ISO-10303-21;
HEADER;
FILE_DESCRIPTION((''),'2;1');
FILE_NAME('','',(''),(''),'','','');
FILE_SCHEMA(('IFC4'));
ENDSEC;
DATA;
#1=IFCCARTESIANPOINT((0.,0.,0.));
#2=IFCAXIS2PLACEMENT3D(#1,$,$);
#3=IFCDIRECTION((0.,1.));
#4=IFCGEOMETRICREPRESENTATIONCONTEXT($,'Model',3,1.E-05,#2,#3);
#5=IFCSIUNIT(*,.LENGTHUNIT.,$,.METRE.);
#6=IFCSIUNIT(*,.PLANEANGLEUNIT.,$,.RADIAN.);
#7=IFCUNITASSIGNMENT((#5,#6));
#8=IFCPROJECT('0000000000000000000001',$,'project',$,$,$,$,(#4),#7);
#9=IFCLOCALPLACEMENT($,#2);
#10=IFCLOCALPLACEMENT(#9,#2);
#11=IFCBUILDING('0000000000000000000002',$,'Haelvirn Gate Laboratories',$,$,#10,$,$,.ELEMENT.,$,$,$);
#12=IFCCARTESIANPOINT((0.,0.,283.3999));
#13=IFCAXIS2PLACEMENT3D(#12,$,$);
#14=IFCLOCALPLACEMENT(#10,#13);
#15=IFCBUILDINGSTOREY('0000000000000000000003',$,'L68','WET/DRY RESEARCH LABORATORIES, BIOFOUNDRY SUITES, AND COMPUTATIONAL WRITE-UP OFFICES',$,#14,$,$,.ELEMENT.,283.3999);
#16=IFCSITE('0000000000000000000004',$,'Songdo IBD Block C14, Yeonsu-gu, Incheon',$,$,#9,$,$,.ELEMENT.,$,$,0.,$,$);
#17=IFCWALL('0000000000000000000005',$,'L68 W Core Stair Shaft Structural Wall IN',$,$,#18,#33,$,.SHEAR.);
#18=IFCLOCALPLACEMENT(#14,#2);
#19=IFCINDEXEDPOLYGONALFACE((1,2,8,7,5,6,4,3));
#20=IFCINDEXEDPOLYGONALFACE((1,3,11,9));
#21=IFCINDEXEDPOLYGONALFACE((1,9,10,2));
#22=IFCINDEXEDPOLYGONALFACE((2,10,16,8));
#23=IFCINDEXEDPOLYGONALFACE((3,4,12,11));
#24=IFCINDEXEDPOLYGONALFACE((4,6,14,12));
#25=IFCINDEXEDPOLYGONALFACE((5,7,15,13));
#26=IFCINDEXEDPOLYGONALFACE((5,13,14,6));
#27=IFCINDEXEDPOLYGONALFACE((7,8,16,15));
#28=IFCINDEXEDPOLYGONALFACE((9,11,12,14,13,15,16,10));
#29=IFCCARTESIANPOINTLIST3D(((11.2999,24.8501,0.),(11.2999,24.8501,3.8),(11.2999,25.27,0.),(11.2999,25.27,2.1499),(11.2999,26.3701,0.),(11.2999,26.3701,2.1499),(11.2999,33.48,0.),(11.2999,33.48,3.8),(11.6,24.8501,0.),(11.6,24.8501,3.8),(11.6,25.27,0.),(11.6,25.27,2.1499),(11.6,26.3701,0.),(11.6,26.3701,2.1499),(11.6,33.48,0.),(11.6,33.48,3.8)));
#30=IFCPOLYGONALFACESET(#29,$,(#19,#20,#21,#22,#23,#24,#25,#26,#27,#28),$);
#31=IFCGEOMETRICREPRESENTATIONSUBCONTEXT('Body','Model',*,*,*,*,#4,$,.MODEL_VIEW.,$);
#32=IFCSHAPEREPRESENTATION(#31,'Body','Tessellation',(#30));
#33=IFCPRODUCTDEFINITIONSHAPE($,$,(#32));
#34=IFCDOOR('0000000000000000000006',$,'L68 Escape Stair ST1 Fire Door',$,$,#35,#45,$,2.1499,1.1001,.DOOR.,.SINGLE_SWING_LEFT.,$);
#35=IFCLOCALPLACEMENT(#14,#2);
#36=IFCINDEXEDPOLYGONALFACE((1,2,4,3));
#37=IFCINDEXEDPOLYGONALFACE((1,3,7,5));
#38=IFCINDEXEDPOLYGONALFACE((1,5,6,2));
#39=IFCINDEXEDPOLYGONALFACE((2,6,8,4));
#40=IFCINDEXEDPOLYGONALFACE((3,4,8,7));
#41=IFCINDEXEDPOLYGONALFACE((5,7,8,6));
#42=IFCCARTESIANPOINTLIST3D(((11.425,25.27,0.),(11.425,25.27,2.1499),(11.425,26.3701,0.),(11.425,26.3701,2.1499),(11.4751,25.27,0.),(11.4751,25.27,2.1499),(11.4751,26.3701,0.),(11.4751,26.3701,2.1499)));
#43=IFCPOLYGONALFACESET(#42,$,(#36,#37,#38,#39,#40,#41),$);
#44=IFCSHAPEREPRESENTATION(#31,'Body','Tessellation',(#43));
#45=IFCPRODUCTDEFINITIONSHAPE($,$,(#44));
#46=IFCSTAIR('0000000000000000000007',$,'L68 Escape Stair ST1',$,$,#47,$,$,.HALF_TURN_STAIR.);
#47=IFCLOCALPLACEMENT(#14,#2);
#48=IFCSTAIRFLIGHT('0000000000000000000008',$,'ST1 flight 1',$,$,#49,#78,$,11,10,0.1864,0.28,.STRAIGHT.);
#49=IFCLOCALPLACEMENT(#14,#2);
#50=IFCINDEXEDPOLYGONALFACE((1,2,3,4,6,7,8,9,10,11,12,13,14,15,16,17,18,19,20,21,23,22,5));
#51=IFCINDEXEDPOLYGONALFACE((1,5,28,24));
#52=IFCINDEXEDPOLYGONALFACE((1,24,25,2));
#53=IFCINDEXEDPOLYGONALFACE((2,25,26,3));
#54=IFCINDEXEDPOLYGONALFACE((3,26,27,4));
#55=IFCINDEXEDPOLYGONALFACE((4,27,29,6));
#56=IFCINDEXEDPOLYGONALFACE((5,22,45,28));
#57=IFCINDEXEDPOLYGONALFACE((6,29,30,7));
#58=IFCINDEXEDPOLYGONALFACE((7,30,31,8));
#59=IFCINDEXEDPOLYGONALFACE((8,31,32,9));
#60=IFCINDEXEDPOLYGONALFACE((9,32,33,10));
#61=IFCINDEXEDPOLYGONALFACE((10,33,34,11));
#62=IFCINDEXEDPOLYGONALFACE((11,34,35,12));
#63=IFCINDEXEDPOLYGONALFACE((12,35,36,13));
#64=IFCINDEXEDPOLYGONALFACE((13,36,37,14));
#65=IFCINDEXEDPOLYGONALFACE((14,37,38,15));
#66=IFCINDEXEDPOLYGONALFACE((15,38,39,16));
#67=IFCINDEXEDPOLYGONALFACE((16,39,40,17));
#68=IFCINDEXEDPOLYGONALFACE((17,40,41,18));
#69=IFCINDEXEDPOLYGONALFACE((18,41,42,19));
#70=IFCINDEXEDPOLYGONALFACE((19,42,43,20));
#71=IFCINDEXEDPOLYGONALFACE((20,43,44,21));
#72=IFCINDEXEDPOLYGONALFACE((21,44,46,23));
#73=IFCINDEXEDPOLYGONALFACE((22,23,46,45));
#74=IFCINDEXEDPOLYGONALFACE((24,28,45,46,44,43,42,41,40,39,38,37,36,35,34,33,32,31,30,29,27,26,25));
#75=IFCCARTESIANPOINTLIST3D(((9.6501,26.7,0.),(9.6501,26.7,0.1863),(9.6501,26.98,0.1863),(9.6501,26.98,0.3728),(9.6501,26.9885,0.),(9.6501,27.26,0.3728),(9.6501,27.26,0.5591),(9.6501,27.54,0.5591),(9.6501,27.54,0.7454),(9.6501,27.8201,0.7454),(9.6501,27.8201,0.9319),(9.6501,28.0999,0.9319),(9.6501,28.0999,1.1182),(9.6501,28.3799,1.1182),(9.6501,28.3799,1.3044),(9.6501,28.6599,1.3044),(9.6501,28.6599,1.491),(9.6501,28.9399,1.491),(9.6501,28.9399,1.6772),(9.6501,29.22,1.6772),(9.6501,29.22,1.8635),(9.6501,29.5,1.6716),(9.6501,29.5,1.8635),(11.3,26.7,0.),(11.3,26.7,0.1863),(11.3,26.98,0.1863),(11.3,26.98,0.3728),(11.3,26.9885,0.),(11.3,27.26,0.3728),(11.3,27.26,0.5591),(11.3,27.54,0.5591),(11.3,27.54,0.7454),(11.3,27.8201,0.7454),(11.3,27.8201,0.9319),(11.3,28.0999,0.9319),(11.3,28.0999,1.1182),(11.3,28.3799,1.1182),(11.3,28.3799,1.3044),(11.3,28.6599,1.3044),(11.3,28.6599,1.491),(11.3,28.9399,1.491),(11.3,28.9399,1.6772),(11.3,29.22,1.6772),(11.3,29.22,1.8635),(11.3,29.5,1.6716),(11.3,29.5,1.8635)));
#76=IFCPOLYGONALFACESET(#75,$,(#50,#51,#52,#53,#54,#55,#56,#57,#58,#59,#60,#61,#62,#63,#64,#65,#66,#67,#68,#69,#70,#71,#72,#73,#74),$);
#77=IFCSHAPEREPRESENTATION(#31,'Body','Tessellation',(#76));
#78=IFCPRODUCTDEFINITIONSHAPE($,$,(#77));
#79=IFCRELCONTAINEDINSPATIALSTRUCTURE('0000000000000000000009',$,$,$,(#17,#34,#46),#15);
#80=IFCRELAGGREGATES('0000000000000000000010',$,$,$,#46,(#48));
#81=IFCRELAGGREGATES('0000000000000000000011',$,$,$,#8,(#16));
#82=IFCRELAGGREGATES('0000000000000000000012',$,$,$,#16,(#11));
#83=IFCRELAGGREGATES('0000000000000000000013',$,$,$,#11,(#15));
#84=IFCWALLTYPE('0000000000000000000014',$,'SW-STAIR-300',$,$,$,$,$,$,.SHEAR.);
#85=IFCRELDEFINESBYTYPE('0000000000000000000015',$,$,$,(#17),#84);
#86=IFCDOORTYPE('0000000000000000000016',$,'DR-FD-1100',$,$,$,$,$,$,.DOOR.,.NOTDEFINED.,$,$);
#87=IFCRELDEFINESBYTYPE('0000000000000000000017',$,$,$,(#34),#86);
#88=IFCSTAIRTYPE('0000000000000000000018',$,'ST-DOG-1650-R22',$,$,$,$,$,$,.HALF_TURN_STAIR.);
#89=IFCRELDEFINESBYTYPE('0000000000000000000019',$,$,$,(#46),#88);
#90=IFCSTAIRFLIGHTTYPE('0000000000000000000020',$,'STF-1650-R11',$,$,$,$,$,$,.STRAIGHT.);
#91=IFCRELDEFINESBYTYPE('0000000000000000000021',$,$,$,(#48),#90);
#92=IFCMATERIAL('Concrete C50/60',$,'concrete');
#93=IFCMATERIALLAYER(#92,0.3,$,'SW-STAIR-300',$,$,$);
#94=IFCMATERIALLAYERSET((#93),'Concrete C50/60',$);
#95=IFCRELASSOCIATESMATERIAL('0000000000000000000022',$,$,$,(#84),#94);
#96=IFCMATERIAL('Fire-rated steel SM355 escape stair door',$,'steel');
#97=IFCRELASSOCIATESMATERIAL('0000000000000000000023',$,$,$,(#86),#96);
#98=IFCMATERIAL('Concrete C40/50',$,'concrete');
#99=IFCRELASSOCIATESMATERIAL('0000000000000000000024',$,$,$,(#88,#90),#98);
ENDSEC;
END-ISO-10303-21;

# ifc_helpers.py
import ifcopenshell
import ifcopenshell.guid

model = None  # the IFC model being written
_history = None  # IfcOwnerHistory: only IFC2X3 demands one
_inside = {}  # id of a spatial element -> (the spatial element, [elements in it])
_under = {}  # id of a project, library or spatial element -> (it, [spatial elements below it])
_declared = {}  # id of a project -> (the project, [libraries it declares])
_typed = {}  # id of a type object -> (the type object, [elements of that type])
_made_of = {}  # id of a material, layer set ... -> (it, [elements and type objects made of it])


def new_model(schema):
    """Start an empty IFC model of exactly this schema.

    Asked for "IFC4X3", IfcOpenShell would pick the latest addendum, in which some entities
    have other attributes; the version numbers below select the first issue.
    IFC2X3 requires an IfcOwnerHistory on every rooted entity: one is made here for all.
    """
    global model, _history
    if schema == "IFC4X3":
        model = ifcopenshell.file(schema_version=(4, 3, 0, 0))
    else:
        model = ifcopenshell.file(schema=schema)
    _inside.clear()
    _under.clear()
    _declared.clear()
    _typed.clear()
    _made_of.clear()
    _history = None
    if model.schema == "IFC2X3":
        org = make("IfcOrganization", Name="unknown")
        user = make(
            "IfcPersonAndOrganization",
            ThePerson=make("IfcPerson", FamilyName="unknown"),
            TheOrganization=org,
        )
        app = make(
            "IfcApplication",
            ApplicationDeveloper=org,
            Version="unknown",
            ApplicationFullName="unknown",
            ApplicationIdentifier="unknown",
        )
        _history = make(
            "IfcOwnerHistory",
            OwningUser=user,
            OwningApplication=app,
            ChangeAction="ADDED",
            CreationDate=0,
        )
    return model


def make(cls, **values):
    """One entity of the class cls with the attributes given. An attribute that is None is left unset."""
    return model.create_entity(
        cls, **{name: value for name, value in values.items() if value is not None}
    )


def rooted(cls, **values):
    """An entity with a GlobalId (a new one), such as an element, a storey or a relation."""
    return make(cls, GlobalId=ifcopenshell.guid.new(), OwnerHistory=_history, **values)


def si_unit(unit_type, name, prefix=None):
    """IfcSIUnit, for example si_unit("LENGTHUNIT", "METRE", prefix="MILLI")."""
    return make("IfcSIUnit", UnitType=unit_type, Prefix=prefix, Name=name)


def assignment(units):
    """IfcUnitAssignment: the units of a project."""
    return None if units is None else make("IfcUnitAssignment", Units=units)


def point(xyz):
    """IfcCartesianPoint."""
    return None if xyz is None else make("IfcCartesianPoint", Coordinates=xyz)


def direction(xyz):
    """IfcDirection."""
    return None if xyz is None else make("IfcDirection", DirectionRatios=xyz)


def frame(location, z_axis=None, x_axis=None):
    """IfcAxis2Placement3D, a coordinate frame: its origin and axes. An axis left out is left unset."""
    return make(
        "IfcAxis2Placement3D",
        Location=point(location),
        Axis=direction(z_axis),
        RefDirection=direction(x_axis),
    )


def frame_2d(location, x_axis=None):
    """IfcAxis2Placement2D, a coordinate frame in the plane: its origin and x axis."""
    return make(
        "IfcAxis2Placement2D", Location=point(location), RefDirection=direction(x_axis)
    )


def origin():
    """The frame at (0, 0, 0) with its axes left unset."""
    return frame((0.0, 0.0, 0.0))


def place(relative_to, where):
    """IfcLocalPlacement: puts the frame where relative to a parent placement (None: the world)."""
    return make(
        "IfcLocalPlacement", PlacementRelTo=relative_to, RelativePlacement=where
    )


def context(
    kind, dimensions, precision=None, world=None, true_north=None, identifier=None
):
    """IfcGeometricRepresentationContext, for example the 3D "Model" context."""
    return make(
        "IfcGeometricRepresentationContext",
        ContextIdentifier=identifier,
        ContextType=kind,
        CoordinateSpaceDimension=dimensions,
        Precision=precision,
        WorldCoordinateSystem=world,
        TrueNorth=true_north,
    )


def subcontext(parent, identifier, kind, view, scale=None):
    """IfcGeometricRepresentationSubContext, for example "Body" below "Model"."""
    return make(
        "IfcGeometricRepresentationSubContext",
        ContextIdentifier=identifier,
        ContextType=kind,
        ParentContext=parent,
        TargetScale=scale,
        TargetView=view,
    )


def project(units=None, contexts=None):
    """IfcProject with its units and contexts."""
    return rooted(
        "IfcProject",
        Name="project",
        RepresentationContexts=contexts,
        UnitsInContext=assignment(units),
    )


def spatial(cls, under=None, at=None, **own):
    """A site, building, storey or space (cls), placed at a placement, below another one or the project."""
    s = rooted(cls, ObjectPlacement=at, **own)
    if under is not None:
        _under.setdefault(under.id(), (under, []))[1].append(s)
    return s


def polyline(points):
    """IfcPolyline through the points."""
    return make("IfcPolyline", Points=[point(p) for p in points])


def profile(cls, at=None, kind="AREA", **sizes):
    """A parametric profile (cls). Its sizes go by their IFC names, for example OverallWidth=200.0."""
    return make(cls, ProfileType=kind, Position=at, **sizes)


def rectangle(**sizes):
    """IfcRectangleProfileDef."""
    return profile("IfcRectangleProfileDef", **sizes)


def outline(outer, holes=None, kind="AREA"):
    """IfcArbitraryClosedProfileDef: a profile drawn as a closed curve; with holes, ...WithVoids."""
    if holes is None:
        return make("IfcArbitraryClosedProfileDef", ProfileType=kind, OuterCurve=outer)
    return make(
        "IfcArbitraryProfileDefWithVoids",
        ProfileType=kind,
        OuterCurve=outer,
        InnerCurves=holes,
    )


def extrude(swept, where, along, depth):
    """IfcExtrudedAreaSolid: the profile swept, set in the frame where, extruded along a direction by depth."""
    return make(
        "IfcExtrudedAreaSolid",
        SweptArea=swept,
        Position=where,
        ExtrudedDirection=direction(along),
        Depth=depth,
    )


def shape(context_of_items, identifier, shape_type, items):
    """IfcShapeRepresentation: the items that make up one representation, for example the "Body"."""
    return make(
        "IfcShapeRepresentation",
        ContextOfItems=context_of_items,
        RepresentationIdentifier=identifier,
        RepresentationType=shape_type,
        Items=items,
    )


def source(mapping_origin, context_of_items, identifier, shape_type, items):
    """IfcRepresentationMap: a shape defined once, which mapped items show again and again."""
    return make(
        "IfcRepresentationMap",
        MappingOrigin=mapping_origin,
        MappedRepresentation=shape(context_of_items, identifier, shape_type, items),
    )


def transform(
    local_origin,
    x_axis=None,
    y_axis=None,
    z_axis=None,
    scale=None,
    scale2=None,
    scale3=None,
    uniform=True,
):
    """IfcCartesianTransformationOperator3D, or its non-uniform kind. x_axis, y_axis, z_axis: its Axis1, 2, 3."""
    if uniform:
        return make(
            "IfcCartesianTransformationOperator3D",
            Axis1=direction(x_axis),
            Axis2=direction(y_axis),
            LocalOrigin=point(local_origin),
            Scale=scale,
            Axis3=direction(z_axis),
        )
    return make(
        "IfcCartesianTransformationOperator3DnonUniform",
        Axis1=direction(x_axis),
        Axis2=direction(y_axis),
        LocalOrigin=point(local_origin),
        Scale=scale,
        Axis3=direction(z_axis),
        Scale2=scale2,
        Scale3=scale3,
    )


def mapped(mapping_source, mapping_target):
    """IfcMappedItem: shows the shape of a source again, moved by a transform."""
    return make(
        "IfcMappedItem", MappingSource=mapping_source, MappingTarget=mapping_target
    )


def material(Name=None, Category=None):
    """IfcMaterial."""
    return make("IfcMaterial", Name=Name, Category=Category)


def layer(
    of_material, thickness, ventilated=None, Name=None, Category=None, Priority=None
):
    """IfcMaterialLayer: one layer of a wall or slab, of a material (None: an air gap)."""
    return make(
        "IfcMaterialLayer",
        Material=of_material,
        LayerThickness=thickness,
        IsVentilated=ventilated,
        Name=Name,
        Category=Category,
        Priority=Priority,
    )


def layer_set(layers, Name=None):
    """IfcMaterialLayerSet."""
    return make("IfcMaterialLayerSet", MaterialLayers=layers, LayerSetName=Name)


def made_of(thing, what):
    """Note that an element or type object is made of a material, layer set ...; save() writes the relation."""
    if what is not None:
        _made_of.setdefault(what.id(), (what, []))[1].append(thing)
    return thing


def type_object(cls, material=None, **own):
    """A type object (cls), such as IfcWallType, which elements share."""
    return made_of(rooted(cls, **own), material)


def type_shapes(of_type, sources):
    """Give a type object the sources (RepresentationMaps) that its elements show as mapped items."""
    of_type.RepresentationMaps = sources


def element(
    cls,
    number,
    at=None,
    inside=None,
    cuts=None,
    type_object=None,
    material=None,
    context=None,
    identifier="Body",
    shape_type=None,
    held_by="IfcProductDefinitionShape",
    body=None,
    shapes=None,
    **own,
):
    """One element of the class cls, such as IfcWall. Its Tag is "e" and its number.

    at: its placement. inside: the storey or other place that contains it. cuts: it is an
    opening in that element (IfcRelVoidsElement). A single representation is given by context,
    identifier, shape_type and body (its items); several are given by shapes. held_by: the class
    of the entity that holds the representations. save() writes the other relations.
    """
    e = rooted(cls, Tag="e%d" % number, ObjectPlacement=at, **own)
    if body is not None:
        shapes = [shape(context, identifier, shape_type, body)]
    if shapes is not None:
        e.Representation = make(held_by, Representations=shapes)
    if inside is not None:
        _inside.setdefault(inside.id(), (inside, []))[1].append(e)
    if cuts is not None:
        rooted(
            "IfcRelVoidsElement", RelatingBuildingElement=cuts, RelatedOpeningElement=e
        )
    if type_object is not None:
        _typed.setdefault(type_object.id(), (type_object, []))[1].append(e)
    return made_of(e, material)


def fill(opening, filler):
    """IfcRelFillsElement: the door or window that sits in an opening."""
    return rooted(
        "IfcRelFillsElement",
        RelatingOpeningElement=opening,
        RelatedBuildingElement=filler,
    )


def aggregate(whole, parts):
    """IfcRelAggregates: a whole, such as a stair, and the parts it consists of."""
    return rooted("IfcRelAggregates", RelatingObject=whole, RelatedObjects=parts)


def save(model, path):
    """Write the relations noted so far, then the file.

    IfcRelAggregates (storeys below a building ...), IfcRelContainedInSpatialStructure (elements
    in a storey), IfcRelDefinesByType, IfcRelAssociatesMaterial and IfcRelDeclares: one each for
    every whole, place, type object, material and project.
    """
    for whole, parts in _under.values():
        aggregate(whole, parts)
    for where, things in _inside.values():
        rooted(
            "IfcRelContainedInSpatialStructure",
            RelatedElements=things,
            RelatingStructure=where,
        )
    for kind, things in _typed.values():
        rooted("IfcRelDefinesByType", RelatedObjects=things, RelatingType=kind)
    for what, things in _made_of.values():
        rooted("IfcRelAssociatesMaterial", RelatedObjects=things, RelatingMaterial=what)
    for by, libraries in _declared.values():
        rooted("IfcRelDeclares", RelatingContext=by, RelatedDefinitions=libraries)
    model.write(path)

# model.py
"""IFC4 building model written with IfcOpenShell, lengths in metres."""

from ifc_helpers import new_model, si_unit, direction, frame, frame_2d, origin, place, context, subcontext, project, spatial, polyline, rectangle, outline, extrude, source, transform, mapped, material, layer, layer_set, type_object, type_shapes, element, fill, aggregate, save


model = new_model("IFC4")

# Units and contexts
model_context = context("Model", 3, precision=1e-05, world=origin(), true_north=direction((0.0, 1.0)))
body_context = subcontext(model_context, "Body", "Model", "MODEL_VIEW")
ifc_project = project(units=[si_unit("LENGTHUNIT", "METRE"), si_unit("PLANEANGLEUNIT", "RADIAN")], contexts=[model_context])

# Site, building, storey
site_placement = place(None, origin())
site = spatial("IfcSite", under=ifc_project, at=site_placement, Name="Songdo IBD Block C14, Yeonsu-gu, Incheon", CompositionType="ELEMENT", RefElevation=0.0)
building_placement = place(site_placement, origin())
building = spatial("IfcBuilding", under=site, at=building_placement, Name="Haelvirn Gate Laboratories", CompositionType="ELEMENT")
storey_placement = place(building_placement, frame((0.0, 0.0, 283.3999)))
storey = spatial("IfcBuildingStorey", under=building, at=storey_placement, Name="L68", Description="WET/DRY RESEARCH LABORATORIES, BIOFOUNDRY SUITES, AND COMPUTATIONAL WRITE-UP OFFICES", CompositionType="ELEMENT", Elevation=283.3999)

# Shared definitions
ifc_material_1 = material(Name="Concrete C40/50", Category="concrete")

# Wall, opening, door
ifc_material_2 = material(Name="Concrete C50/60", Category="concrete")
ifc_layer_1 = layer(ifc_material_2, 0.3, Name="SW-STAIR-300")
ifc_layer_set_1 = layer_set([ifc_layer_1], Name="Concrete C50/60")
wall_type_1 = type_object("IfcWallType", Name="SW-STAIR-300", PredefinedType="SHEAR", material=ifc_layer_set_1)
wall_1_placement = place(storey_placement, frame((11.45, 24.8501, 0.0), z_axis=(0.0, 0.0, 1.0), x_axis=(0.0, 1.0, 0.0)))
wall_1 = element("IfcWall", 1, at=wall_1_placement, inside=storey, type_object=wall_type_1, Name="L68 W Core Stair Shaft Structural Wall IN", PredefinedType="SHEAR", context=body_context, shape_type="SweptSolid", body=[
    extrude(rectangle(XDim=8.6299, YDim=0.3, at=frame_2d((4.3149, 0.0))), origin(), (0.0, 0.0, 1.0), 3.8),
])
opening_1_placement = place(wall_1_placement, frame((0.4199, 0.0, 0.0)))
opening_1 = element("IfcOpeningElement", 2, at=opening_1_placement, cuts=wall_1, PredefinedType="OPENING", context=body_context, shape_type="SweptSolid", body=[
    extrude(rectangle(XDim=1.1001, YDim=2.1499, at=frame_2d((0.55, 1.075))), frame((0.0, 0.1602, 0.0), z_axis=(0.0, -1.0, 0.0), x_axis=(1.0, 0.0, 0.0)), (0.0, 0.0, 1.0), 0.3201),
])
ifc_material_3 = material(Name="Fire-rated steel SM355 escape stair door", Category="steel")
door_type_1 = type_object("IfcDoorType", Name="DR-FD-1100", OperationType="NOTDEFINED", PredefinedType="DOOR", material=ifc_material_3)
shared_shape_1 = source(origin(), body_context, "Body", "SweptSolid", [
    extrude(rectangle(XDim=1.1001, YDim=2.1499, at=frame_2d((0.55, 1.075))), frame((0.0, 0.0249, 0.0), z_axis=(0.0, -1.0, 0.0), x_axis=(1.0, 0.0, 0.0)), (0.0, 0.0, 1.0), 0.05),
])
type_shapes(door_type_1, [shared_shape_1])
door_1_placement = place(opening_1_placement, origin())
door_1 = element("IfcDoor", 3, at=door_1_placement, inside=storey, type_object=door_type_1, Name="L68 Escape Stair ST1 Fire Door", OperationType="SINGLE_SWING_LEFT", OverallHeight=2.1499, OverallWidth=1.1001, PredefinedType="DOOR", context=body_context, shape_type="MappedRepresentation", body=[
    mapped(shared_shape_1, transform((0.0, 0.0, 0.0), scale=1.0)),
])
fill(opening_1, door_1)

# Stair, stair flight
stair_type = type_object("IfcStairType", Name="ST-DOG-1650-R22", PredefinedType="HALF_TURN_STAIR", material=ifc_material_1)
stair_placement = place(storey_placement, origin())
stair = element("IfcStair", 4, at=stair_placement, inside=storey, type_object=stair_type, Name="L68 Escape Stair ST1", PredefinedType="HALF_TURN_STAIR")
stair_flight_type = type_object("IfcStairFlightType", Name="STF-1650-R11", PredefinedType="STRAIGHT", material=ifc_material_1)
shared_shape_2 = source(origin(), body_context, "Body", "SweptSolid", [
    extrude(outline(polyline([(0.0, 0.0), (0.0, 0.1863), (0.28, 0.1863), (0.28, 0.3728), (0.5601, 0.3728), (0.5601, 0.5591), (0.8401, 0.5591), (0.8401, 0.7454), (1.1201, 0.7454), (1.1201, 0.9319), (1.3999, 0.9319), (1.3999, 1.1182), (1.6799, 1.1182), (1.6799, 1.3044), (1.96, 1.3044), (1.96, 1.491), (2.24, 1.491), (2.24, 1.6772), (2.52, 1.6772), (2.52, 1.8635), (2.8, 1.8635), (2.8, 2.05), (2.8, 1.6716), (0.2886, 0.0), (0.0, 0.0)])), frame((0.0, 0.825, 0.0), z_axis=(0.0, -1.0, 0.0), x_axis=(1.0, 0.0, 0.0)), (0.0, 0.0, 1.0), 1.6499),
])
type_shapes(stair_flight_type, [shared_shape_2])
stair_flight_placement = place(storey_placement, frame((10.4751, 26.7, 0.0), z_axis=(0.0, 0.0, 1.0), x_axis=(0.0, 1.0, 0.0)))
stair_flight = element("IfcStairFlight", 5, at=stair_flight_placement, type_object=stair_flight_type, Name="ST1 flight 1", NumberOfRisers=11, NumberOfTreads=10, PredefinedType="STRAIGHT", RiserHeight=0.1864, TreadLength=0.28, context=body_context, shape_type="MappedRepresentation", body=[
    mapped(shared_shape_2, transform((0.0, 0.0, 0.0), scale=1.0)),
])
aggregate(stair, [stair_flight])

save(model, "model.ifc")
